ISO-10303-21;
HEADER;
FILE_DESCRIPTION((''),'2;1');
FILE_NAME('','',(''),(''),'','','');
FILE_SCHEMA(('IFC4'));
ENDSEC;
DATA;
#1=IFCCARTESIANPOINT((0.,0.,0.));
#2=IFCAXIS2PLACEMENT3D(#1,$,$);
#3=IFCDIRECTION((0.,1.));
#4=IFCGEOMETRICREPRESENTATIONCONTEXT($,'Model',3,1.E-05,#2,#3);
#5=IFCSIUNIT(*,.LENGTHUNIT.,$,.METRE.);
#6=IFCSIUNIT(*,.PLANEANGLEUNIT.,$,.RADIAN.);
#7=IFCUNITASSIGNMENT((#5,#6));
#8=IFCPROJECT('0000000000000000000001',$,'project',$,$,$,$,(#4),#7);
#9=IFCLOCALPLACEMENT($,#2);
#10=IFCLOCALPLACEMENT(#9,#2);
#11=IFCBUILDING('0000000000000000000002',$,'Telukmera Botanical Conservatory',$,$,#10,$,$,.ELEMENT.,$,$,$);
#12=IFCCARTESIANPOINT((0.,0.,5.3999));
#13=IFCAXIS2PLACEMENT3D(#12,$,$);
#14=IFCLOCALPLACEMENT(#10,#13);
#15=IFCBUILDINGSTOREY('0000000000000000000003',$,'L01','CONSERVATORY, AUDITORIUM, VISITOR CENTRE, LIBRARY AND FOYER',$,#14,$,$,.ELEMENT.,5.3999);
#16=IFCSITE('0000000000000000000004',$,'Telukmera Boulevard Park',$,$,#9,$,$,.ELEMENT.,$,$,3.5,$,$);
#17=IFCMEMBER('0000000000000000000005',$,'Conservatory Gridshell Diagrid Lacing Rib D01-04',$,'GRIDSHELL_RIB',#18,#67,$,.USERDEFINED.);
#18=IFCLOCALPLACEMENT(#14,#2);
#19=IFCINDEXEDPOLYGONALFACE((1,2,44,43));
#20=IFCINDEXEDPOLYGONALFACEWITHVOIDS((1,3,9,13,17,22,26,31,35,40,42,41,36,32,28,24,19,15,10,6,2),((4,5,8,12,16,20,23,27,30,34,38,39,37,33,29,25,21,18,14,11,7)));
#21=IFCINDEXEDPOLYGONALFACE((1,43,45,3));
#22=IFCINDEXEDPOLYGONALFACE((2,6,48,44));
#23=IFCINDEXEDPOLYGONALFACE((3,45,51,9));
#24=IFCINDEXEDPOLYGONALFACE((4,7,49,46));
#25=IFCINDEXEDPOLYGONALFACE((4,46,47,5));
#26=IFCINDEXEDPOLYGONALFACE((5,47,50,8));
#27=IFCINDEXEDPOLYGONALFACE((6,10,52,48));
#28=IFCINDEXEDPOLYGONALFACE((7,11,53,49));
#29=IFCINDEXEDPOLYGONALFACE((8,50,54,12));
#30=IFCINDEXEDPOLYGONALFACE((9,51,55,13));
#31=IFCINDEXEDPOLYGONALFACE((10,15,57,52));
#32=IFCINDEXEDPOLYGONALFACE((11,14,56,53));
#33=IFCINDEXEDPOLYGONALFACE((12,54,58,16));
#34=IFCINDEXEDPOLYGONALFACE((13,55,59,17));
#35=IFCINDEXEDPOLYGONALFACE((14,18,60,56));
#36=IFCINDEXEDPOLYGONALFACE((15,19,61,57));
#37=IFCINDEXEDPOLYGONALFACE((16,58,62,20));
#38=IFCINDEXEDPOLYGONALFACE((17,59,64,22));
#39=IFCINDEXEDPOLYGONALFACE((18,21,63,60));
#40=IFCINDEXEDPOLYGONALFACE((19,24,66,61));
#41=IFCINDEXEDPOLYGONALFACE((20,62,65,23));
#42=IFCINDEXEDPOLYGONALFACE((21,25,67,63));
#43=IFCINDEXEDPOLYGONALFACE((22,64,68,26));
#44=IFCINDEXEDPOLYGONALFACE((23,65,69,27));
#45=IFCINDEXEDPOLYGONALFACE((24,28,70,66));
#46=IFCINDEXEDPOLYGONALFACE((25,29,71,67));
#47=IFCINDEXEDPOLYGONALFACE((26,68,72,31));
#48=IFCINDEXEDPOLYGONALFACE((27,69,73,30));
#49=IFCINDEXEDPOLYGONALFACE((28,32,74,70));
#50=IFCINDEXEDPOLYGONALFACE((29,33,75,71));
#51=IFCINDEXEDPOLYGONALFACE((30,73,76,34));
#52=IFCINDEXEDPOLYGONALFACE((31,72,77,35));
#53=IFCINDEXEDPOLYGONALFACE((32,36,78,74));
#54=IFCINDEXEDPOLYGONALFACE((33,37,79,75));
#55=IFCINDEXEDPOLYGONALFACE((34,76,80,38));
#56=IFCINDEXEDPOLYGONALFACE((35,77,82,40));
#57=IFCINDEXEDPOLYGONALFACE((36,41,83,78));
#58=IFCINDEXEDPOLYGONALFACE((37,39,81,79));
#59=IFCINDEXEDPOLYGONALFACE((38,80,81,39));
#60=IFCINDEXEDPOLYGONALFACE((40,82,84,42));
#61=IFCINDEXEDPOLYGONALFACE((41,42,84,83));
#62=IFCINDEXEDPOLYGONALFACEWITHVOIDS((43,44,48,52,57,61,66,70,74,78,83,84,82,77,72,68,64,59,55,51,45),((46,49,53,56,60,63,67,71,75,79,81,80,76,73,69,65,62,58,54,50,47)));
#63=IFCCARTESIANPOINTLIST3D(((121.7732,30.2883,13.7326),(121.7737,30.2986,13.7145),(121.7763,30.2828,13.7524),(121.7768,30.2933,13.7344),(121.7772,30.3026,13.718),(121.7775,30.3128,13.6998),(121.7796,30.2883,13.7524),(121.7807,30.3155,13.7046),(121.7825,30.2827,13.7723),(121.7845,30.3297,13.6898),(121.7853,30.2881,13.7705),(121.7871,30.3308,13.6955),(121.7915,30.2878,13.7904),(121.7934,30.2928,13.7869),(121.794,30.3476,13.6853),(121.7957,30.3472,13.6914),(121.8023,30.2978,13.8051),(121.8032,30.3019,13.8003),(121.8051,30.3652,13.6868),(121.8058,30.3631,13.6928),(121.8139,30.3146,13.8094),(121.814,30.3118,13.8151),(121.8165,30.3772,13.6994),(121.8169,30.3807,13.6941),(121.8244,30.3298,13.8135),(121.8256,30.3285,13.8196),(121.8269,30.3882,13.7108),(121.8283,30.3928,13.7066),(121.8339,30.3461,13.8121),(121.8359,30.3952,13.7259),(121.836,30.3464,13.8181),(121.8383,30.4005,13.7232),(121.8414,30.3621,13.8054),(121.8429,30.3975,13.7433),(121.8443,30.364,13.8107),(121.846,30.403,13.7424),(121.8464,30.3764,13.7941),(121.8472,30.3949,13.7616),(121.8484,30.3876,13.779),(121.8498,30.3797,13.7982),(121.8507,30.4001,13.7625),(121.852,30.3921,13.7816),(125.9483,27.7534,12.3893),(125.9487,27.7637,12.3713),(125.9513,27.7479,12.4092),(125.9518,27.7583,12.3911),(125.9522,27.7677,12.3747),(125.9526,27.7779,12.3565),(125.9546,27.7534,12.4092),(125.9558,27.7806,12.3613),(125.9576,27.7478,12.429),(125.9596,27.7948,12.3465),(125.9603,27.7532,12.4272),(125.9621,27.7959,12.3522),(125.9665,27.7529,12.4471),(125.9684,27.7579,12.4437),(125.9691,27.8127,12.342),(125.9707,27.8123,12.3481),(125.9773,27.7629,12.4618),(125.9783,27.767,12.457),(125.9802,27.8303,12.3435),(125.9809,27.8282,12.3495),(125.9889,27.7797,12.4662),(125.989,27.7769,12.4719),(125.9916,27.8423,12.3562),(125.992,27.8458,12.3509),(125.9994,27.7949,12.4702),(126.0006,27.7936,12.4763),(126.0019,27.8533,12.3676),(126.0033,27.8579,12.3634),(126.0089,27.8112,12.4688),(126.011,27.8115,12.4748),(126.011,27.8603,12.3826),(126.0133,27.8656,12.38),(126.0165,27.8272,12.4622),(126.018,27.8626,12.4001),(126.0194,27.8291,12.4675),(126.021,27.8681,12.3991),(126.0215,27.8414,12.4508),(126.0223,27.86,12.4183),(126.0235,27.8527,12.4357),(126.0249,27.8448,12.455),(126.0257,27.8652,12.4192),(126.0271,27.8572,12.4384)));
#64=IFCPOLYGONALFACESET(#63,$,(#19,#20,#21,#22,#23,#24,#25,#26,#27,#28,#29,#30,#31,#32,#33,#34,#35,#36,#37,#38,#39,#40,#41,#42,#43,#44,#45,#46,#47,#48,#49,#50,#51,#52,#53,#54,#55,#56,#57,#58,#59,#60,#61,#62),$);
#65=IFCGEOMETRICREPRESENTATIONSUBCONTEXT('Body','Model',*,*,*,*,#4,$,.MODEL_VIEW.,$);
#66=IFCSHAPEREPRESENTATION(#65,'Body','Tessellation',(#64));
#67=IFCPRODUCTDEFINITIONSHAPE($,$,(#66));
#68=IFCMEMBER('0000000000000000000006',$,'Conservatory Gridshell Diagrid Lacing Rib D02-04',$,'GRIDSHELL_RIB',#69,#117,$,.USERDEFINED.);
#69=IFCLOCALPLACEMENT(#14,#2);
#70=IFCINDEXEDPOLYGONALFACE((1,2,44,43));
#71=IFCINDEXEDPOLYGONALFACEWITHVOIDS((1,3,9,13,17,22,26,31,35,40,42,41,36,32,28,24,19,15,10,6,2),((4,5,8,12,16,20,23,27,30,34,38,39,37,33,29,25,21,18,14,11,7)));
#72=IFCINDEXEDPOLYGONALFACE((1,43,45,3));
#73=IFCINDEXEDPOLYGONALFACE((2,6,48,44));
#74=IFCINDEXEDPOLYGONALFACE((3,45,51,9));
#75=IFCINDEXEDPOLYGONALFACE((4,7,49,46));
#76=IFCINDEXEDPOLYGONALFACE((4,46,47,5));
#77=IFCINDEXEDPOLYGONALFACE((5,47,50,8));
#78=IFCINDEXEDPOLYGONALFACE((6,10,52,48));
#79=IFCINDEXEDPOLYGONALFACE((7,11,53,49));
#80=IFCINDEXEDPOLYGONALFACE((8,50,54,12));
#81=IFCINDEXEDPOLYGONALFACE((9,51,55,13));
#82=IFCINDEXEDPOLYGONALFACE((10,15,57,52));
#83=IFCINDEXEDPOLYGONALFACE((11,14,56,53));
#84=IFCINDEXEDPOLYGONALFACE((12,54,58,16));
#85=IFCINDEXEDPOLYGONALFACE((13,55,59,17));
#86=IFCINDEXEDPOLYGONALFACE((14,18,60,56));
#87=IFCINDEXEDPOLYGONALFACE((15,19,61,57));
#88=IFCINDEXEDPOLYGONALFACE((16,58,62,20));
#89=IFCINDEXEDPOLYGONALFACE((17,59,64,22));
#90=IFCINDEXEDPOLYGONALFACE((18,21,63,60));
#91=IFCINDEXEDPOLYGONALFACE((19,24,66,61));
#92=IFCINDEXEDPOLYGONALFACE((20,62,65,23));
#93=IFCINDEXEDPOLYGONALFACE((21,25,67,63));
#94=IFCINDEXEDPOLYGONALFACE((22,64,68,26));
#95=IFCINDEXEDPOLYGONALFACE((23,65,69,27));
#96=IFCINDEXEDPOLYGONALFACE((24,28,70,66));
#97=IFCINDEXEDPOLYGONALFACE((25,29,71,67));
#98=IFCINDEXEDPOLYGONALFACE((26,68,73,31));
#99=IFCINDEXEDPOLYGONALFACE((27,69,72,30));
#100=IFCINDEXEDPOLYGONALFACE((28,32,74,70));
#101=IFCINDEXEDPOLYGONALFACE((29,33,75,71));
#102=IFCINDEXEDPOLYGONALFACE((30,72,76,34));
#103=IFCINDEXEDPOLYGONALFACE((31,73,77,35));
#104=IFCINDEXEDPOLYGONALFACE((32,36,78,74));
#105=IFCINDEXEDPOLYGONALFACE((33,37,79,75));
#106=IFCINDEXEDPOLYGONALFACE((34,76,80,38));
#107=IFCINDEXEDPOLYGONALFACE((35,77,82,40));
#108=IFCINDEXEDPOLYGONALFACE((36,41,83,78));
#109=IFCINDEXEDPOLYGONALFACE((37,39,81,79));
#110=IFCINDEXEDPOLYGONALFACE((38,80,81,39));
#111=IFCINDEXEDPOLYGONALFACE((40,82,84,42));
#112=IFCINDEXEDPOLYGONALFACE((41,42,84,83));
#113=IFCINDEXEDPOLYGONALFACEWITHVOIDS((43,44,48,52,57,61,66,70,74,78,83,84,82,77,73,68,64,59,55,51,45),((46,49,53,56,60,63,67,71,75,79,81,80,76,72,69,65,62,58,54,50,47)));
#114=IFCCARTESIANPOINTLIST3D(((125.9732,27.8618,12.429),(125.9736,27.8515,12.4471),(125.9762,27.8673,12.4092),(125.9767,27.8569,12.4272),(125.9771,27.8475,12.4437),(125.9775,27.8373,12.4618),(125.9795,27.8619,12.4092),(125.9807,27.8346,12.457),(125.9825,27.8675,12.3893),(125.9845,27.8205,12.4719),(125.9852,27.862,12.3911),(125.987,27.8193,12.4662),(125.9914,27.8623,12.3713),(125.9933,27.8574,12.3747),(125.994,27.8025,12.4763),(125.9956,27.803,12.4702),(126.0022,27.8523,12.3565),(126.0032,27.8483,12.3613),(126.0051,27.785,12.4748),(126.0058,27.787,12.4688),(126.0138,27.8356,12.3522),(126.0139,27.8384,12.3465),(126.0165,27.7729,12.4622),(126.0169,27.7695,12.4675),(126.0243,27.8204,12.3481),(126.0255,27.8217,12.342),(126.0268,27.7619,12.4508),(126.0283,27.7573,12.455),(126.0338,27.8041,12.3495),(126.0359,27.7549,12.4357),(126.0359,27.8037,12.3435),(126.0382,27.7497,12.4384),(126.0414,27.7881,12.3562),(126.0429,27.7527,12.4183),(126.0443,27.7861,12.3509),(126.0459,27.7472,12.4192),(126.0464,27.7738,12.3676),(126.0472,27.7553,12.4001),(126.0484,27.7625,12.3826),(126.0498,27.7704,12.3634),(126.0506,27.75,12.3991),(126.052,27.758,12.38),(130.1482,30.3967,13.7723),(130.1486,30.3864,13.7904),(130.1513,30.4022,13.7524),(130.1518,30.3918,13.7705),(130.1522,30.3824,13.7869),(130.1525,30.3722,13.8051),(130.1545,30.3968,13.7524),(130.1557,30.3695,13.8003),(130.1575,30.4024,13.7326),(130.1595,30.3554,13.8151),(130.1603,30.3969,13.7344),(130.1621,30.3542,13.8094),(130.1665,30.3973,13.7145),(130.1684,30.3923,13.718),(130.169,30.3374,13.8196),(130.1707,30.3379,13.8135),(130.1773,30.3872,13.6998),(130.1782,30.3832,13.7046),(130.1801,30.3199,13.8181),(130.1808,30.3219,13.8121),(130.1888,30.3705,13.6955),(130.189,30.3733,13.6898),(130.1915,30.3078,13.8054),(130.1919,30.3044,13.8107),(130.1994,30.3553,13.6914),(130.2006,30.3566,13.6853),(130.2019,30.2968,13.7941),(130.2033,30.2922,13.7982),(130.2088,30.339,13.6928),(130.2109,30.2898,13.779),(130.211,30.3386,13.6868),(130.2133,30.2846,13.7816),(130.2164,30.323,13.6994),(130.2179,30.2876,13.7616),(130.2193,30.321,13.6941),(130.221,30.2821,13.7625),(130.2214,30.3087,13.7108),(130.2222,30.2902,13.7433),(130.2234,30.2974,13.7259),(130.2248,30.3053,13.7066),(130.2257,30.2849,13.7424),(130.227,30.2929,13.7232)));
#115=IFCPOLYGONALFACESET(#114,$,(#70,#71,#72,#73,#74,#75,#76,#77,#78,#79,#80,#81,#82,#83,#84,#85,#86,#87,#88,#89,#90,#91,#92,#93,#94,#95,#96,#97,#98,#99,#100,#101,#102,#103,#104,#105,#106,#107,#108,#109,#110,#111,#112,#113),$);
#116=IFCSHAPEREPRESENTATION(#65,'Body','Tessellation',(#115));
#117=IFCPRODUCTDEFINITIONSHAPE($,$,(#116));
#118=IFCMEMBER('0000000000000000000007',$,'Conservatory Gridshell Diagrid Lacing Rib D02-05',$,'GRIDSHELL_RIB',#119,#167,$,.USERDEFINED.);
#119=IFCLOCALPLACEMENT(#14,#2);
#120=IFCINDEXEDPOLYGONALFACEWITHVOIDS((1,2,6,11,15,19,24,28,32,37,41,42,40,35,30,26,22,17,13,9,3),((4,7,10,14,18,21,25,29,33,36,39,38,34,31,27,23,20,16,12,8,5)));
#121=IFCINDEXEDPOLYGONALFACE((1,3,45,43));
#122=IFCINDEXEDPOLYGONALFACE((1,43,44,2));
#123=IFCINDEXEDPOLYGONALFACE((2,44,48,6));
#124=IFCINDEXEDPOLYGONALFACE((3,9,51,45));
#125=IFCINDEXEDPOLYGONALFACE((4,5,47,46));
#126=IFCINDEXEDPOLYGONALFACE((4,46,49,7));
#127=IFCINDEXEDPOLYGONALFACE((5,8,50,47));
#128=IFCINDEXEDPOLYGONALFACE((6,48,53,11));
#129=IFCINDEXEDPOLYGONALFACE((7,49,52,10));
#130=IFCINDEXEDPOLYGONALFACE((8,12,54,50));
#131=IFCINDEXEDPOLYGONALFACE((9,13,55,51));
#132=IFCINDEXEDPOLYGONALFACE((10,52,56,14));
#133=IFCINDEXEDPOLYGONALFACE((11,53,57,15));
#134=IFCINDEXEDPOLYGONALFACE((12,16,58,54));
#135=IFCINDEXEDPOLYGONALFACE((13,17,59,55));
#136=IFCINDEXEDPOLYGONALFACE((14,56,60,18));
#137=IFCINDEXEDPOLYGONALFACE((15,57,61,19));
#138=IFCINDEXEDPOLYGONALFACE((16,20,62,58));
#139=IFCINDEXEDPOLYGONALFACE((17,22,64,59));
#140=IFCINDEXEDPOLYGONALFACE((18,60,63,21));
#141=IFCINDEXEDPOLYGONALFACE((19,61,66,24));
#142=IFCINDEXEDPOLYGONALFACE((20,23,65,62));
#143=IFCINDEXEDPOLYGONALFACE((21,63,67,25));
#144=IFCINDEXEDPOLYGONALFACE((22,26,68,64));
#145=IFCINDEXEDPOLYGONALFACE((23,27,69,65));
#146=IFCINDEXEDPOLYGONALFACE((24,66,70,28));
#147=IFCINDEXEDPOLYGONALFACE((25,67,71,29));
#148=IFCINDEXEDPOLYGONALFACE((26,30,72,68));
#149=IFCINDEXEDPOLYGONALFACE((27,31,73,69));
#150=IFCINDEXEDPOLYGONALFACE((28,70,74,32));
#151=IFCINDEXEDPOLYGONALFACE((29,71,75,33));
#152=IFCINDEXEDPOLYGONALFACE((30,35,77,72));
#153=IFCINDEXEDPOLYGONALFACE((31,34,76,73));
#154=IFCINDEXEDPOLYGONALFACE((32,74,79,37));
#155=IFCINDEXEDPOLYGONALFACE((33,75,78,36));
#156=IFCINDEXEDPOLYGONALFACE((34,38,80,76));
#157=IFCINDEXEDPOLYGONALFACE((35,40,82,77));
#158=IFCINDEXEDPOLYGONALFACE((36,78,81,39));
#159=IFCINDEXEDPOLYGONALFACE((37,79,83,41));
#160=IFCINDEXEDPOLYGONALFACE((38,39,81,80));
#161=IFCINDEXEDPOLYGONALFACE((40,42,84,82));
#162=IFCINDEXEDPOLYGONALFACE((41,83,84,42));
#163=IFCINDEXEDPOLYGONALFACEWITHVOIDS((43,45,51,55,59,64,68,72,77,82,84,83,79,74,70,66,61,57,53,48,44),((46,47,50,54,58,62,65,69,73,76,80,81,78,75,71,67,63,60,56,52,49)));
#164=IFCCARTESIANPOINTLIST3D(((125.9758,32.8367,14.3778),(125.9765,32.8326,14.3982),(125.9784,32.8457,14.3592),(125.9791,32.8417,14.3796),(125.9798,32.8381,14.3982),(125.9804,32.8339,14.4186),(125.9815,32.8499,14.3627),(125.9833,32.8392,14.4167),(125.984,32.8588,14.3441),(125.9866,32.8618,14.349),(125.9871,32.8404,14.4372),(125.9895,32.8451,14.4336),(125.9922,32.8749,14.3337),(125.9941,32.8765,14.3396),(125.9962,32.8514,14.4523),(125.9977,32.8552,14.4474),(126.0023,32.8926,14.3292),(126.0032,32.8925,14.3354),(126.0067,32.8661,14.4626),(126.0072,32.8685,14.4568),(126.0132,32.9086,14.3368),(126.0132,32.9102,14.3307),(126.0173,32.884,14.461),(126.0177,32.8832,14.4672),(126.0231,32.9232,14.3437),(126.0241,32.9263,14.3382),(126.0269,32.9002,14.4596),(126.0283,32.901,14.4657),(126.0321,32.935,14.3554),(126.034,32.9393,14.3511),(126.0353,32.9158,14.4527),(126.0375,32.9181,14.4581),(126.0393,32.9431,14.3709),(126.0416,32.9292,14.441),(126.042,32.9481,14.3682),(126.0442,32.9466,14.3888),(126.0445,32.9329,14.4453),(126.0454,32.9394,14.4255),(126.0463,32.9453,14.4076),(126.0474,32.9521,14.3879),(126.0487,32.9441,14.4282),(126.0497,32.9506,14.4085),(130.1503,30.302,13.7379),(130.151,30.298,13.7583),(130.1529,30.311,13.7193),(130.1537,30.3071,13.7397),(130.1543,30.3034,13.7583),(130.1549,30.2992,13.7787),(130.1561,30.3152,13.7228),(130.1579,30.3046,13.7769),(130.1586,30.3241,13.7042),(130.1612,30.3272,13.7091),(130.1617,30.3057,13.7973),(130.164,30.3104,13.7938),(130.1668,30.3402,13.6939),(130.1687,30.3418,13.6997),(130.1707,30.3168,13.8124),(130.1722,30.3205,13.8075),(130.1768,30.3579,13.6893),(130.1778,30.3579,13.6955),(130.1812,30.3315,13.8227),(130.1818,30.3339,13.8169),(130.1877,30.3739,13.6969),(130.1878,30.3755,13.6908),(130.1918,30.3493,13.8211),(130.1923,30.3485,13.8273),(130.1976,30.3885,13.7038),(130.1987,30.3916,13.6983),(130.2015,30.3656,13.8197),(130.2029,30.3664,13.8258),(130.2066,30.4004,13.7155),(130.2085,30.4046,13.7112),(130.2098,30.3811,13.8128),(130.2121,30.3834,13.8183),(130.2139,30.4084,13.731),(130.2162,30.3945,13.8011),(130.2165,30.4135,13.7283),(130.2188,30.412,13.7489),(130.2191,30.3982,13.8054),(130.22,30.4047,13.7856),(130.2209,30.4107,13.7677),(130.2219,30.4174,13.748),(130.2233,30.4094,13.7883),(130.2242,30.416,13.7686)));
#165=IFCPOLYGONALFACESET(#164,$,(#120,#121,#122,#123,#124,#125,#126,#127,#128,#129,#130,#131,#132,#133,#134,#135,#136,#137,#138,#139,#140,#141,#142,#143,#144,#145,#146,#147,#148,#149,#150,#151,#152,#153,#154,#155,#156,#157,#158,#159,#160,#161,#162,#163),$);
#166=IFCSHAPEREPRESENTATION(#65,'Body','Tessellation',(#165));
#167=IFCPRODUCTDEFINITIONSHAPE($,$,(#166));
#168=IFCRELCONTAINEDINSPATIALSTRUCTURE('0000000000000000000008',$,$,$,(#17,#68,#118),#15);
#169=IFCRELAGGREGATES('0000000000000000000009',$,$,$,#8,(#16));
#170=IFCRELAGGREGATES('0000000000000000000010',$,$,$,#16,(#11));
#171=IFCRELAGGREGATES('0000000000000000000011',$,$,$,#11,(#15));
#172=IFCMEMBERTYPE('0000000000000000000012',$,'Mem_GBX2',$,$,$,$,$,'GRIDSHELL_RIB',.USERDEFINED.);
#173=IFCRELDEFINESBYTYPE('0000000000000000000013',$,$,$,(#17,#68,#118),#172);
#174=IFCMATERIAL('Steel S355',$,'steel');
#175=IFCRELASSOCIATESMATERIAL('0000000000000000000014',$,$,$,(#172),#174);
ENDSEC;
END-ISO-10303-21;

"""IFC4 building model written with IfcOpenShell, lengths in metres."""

from ifc_helpers import new_model, si_unit, direction, frame, origin, origin_2d, place, context, subcontext, project, spatial, hollow_circle, extrude, material, material_profile, profile_set, type_object, element, save


model = new_model("IFC4")

# Units and contexts
model_context = context("Model", 3, precision=1e-05, world=origin(), true_north=direction((0.0, 1.0)))
body_context = subcontext(model_context, "Body", "Model", "MODEL_VIEW")
ifc_project = project(units=[si_unit("LENGTHUNIT", "METRE"), si_unit("PLANEANGLEUNIT", "RADIAN")], contexts=[model_context])

# Site, building, storey
site_placement = place(None, origin())
site = spatial("IfcSite", under=ifc_project, at=site_placement, Name="Telukmera Boulevard Park", CompositionType="ELEMENT", RefElevation=3.5)
building_placement = place(site_placement, origin())
building = spatial("IfcBuilding", under=site, at=building_placement, Name="Telukmera Botanical Conservatory", CompositionType="ELEMENT")
storey_placement = place(building_placement, frame((0.0, 0.0, 5.3999)))
storey = spatial("IfcBuildingStorey", under=building, at=storey_placement, Name="L01", Description="CONSERVATORY, AUDITORIUM, VISITOR CENTRE, LIBRARY AND FOYER", CompositionType="ELEMENT", Elevation=5.3999)

# Shared definitions
ifc_material = material(Name="Steel S355", Category="steel")

# Members
ifc_material_profile_1 = material_profile(ifc_material, hollow_circle(Radius=0.0698, WallThickness=0.0063, at=origin_2d()), Name="CHS 139.7x6.3")
ifc_profile_set_1 = profile_set([ifc_material_profile_1], Name="Steel S355")
member_type_1 = type_object("IfcMemberType", Name="Mem_GBX2", ElementType="GRIDSHELL_RIB", PredefinedType="USERDEFINED", material=ifc_profile_set_1)
for number, where, z_axis, x_axis, name in (
    (1, (125.9875, 27.8076, 12.4092), (-0.824182, 0.500409, 0.265169), (-0.518987, -0.854782, 0.0), "Conservatory Gridshell Diagrid Lacing Rib D01-04"),
    (2, (126.0125, 27.8076, 12.4092), (0.824182, 0.500409, 0.265169), (-0.518987, 0.854782, 0.0), "Conservatory Gridshell Diagrid Lacing Rib D02-04"),
):
    element("IfcMember", number, at=place(storey_placement, frame(where, z_axis=z_axis, x_axis=x_axis)), inside=storey, type_object=member_type_1, Name=name, ObjectType="GRIDSHELL_RIB", PredefinedType="USERDEFINED", context=body_context, shape_type="SweptSolid", body=[
        extrude(hollow_circle(Radius=0.0698, WallThickness=0.0063, at=origin_2d()), origin(), (0.0, 0.0, 1.0), 5.0657),
    ])
member_1_placement = place(storey_placement, frame((130.1873, 30.3577, 13.7583), z_axis=(-0.847533, 0.514597, 0.129913), x_axis=(-0.518995, -0.854777, 0.0)))
element("IfcMember", 3, at=member_1_placement, inside=storey, type_object=member_type_1, Name="Conservatory Gridshell Diagrid Lacing Rib D02-05", ObjectType="GRIDSHELL_RIB", PredefinedType="USERDEFINED", context=body_context, shape_type="SweptSolid", body=[
    extrude(hollow_circle(Radius=0.0698, WallThickness=0.0063, at=origin_2d()), origin(), (0.0, 0.0, 1.0), 4.9255),
])

save(model, "model.ifc")
